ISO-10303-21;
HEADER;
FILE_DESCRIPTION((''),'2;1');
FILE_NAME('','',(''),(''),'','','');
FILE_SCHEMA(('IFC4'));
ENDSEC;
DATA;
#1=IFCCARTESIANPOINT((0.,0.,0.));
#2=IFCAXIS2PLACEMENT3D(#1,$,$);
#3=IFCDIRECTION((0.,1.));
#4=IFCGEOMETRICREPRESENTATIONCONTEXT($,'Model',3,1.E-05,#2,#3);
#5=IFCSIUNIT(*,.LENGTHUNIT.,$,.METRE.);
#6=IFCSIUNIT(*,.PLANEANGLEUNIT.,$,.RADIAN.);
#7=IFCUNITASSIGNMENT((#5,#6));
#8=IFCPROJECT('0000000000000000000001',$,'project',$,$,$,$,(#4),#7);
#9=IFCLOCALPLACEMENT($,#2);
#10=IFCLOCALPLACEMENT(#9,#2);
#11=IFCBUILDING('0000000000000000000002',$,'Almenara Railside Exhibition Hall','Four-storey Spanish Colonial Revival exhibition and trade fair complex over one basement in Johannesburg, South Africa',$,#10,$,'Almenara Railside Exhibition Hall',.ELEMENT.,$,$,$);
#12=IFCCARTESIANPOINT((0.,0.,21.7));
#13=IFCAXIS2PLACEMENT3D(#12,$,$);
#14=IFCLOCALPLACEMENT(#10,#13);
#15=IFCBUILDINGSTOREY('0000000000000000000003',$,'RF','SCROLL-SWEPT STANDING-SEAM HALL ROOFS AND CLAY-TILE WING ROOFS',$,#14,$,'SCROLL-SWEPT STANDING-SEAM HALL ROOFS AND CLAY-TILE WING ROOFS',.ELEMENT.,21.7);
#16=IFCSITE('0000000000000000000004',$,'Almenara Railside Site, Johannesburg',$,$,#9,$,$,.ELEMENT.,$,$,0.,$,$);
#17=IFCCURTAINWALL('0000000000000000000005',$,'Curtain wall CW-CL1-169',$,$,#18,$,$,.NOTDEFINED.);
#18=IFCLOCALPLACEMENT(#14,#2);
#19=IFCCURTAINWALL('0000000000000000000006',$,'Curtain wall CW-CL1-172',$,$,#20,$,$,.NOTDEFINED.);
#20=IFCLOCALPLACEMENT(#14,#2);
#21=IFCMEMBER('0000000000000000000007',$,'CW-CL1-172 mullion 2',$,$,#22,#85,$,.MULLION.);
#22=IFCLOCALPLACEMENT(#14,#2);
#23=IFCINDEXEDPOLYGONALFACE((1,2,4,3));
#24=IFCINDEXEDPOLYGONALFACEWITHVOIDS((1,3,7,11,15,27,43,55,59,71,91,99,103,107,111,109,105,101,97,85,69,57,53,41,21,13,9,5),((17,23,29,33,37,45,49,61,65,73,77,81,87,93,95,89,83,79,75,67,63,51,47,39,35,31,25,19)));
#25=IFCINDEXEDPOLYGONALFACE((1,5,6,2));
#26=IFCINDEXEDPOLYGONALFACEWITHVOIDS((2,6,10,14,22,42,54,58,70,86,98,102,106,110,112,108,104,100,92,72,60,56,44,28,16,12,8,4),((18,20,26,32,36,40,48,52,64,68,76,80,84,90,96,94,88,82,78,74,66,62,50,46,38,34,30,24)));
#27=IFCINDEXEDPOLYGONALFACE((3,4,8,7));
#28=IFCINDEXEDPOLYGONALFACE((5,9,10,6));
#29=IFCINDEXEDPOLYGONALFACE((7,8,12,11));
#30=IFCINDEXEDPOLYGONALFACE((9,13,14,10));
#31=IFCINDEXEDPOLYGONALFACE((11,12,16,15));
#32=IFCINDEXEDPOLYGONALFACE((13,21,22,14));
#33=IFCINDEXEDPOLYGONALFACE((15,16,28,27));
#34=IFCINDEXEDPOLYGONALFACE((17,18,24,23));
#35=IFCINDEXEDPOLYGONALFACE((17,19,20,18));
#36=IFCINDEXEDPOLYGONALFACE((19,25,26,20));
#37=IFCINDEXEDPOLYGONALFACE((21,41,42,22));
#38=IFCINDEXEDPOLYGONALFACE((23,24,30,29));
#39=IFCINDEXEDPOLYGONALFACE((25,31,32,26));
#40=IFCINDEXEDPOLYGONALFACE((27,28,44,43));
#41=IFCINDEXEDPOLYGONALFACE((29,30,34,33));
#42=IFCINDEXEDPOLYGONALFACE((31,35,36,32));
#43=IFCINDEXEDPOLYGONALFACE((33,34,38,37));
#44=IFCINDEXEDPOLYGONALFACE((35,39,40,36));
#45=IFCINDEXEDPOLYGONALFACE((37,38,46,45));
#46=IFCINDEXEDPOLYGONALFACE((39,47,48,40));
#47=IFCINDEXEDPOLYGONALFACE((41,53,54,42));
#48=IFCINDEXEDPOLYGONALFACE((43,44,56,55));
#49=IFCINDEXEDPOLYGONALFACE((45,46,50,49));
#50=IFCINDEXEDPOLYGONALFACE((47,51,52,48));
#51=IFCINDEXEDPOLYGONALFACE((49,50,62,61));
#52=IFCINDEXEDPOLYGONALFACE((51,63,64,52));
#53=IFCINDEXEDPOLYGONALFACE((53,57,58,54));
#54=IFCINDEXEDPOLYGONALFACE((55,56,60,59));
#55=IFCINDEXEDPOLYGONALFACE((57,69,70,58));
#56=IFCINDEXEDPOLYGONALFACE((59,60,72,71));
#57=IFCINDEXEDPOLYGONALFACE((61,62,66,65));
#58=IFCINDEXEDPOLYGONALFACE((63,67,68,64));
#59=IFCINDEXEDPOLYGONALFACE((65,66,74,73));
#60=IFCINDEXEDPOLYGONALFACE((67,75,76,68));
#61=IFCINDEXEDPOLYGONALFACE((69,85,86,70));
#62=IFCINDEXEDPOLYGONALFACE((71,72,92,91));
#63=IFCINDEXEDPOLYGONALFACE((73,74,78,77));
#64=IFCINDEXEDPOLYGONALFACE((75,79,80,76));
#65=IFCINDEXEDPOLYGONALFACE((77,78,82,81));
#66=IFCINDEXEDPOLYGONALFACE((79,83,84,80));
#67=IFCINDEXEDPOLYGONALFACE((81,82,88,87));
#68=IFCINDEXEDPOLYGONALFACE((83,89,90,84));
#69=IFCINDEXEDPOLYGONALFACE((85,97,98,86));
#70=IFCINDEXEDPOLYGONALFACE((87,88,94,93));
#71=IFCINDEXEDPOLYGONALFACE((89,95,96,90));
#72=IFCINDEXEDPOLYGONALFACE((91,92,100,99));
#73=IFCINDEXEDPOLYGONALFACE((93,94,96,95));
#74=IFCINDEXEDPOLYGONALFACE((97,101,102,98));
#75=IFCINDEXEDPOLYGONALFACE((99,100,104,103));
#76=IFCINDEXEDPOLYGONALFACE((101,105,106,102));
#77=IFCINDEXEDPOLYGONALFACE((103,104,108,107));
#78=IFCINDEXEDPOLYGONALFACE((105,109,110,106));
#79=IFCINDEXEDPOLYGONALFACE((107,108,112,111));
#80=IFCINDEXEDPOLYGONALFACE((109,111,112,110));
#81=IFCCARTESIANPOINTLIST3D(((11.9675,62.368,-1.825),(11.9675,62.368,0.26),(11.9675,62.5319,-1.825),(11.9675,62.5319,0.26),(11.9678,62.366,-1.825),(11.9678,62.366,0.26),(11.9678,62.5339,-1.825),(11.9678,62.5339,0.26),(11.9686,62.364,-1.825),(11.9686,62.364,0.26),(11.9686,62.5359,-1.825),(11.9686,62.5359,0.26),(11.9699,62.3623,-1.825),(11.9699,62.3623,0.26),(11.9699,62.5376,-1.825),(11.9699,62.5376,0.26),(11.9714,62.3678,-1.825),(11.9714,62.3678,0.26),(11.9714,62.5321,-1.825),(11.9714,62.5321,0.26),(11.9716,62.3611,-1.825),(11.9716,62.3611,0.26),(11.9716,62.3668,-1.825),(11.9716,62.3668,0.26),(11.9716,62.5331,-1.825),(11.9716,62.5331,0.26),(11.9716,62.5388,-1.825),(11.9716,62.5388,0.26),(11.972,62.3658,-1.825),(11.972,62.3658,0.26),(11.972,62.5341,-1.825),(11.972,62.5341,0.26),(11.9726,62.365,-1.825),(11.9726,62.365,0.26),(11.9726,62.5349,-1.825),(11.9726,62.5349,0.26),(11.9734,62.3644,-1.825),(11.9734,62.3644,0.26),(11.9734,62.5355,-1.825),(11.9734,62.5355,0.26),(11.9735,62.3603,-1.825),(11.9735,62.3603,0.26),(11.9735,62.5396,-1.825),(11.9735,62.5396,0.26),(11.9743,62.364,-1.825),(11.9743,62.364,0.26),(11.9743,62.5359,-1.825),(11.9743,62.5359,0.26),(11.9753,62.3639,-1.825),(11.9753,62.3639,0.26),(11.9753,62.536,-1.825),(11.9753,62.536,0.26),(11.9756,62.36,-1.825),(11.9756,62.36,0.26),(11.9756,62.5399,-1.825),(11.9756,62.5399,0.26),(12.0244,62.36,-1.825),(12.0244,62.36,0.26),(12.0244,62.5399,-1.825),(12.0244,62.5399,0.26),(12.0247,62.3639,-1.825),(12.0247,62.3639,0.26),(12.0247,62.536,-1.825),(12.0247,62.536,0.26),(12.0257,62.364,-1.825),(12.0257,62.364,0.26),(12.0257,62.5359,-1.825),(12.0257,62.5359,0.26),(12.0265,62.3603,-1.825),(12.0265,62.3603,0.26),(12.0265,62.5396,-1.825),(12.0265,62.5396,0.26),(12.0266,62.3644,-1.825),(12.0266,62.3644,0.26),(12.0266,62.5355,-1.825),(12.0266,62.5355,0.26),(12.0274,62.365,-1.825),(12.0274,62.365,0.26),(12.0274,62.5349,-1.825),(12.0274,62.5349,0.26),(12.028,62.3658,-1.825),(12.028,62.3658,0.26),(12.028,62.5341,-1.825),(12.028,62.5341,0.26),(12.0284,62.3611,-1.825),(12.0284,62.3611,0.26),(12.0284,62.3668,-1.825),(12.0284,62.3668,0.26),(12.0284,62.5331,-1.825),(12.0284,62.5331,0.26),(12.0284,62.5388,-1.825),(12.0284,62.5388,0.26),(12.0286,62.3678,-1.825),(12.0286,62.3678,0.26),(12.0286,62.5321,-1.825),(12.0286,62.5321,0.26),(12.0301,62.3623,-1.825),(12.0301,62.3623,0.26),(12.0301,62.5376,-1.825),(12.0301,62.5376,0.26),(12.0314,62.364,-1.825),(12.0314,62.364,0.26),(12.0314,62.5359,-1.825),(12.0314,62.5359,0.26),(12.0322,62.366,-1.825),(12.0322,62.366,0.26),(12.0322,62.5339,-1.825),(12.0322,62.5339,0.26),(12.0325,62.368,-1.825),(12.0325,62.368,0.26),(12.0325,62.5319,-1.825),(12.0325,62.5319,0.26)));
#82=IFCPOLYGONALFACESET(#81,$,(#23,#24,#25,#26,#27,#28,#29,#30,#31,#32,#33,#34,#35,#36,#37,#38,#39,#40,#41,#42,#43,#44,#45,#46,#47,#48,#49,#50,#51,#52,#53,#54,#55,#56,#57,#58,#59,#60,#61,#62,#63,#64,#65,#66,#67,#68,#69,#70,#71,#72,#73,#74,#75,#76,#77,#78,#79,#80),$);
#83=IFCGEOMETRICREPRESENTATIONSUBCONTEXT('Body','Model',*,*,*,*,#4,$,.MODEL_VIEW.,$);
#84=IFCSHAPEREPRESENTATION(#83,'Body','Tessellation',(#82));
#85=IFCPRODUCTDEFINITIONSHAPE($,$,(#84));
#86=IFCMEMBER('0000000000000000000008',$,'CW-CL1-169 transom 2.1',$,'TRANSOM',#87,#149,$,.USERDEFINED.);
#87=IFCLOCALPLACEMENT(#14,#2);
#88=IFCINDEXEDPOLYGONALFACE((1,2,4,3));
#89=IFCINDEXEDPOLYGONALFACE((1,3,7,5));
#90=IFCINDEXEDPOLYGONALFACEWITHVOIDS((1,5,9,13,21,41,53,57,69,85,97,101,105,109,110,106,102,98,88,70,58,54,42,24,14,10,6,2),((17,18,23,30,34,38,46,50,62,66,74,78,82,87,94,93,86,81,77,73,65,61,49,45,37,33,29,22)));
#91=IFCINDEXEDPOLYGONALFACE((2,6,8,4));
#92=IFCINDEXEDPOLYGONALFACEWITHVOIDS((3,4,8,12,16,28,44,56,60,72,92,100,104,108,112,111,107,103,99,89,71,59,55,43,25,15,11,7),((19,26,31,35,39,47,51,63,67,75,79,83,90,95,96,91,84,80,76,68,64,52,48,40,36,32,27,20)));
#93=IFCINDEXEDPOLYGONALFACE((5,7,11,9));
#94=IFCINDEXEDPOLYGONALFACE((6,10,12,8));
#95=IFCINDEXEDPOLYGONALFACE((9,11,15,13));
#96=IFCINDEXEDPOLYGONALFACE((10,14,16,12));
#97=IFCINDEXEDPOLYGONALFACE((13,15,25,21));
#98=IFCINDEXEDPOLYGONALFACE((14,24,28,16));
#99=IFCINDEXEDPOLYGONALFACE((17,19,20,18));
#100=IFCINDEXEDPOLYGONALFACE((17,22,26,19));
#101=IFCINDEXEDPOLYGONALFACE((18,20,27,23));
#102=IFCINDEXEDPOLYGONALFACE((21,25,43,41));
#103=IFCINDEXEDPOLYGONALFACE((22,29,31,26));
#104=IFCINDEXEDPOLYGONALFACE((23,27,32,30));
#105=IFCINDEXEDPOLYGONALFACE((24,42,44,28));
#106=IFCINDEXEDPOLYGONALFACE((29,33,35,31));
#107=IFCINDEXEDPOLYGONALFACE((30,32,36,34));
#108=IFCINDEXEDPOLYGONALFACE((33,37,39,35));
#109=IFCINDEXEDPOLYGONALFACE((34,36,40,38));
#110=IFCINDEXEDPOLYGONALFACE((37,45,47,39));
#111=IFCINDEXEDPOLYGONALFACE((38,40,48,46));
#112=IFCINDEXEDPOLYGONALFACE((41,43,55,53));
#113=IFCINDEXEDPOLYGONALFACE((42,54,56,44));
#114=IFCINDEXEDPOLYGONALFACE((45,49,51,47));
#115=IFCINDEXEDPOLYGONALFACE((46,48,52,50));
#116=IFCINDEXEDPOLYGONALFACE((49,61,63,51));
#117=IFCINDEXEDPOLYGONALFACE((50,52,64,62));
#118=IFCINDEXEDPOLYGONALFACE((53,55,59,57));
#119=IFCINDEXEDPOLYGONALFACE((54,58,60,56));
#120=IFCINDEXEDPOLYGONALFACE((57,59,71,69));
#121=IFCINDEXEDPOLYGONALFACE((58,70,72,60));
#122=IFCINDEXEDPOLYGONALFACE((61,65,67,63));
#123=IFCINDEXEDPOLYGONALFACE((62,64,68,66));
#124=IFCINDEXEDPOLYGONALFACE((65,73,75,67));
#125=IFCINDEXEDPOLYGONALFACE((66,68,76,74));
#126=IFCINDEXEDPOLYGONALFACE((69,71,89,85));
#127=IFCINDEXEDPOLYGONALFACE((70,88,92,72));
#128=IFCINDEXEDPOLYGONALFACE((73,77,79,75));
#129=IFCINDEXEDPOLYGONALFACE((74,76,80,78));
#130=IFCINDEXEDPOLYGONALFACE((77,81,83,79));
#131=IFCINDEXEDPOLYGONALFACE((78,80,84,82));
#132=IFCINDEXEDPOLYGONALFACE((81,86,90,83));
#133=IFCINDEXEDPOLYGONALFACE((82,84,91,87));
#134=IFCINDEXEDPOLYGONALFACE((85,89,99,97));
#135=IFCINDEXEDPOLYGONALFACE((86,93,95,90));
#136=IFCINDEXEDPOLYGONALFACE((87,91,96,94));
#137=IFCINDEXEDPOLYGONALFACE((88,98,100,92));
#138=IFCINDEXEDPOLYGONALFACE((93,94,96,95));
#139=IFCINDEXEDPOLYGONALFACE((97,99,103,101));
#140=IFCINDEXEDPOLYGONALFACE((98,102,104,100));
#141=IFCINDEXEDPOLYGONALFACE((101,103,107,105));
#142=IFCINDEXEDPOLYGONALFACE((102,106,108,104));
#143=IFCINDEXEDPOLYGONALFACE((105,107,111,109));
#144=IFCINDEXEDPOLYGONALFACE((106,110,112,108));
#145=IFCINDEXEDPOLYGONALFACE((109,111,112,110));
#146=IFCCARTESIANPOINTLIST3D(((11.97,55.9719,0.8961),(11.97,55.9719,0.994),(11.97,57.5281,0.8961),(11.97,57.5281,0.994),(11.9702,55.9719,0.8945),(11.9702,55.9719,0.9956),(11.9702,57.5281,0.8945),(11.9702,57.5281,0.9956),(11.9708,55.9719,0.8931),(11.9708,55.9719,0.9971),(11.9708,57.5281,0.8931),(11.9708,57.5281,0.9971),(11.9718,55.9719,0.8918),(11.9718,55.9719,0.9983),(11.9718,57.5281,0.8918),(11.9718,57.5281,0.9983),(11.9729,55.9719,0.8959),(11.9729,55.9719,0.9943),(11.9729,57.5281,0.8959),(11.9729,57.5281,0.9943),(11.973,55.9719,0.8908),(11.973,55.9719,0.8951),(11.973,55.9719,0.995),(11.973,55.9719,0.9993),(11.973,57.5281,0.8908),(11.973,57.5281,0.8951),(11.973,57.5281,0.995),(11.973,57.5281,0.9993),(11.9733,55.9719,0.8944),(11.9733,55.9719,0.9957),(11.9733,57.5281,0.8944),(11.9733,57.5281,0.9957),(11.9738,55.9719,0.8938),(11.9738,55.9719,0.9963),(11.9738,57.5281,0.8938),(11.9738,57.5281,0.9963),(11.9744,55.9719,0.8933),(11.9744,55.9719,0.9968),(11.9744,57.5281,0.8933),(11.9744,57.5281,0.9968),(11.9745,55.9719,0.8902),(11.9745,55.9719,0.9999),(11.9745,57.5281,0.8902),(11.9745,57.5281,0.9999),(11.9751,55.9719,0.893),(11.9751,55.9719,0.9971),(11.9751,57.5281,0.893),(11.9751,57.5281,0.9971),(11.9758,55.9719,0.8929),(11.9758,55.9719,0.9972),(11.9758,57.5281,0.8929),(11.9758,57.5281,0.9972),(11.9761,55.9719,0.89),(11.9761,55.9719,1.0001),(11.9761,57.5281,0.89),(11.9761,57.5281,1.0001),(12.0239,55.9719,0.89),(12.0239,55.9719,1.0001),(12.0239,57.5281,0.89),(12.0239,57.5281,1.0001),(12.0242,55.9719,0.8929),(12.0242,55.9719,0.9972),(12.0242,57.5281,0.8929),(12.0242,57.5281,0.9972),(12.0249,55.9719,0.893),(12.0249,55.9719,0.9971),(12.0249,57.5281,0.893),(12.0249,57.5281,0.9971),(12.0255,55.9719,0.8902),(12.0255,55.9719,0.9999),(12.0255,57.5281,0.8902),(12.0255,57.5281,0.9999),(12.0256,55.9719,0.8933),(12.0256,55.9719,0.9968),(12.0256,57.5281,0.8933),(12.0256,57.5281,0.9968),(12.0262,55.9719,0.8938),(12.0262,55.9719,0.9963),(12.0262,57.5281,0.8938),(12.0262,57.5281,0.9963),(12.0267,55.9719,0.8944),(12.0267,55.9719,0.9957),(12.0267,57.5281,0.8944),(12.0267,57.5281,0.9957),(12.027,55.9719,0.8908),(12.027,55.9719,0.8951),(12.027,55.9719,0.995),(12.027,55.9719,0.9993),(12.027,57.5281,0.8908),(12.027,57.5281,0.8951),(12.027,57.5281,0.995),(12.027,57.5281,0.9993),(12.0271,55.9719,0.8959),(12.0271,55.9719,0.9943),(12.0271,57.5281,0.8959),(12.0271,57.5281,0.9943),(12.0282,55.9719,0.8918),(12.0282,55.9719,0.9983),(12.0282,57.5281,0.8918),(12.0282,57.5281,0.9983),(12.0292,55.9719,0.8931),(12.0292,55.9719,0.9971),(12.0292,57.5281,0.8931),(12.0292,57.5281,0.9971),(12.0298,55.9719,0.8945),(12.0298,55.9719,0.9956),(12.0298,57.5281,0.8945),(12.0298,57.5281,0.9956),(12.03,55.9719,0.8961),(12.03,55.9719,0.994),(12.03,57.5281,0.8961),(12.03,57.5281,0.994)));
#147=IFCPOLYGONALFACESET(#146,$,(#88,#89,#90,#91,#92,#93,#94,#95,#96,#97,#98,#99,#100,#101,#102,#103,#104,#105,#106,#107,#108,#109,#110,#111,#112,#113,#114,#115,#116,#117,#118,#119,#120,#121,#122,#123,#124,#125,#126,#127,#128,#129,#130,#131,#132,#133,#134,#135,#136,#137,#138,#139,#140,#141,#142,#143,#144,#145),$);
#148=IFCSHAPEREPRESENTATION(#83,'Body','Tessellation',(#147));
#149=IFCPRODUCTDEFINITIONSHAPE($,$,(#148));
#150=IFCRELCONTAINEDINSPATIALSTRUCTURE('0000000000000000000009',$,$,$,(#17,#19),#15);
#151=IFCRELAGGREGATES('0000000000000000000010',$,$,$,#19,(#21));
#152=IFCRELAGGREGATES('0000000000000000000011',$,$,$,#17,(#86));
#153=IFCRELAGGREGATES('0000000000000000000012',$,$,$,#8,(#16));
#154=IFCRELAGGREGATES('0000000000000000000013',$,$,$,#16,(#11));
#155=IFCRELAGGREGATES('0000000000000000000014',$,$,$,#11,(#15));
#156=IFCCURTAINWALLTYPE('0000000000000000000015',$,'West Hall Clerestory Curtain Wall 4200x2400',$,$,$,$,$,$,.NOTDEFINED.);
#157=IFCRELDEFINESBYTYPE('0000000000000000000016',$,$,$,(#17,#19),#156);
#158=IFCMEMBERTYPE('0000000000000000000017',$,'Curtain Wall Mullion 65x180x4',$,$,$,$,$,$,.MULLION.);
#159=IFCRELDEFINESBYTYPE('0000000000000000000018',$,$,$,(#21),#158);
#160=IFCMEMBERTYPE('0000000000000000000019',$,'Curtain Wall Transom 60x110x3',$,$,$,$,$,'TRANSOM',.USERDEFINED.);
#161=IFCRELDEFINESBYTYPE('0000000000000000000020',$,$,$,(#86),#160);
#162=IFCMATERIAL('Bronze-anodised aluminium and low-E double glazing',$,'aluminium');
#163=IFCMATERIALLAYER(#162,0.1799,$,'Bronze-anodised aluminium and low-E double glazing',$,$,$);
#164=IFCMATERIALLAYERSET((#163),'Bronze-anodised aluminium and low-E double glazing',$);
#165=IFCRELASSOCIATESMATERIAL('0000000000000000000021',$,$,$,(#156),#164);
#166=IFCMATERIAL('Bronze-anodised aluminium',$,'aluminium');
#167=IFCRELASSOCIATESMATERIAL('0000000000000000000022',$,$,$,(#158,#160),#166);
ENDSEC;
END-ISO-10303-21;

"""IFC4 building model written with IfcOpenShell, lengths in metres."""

from ifc_helpers import new_model, si_unit, direction, frame, origin, origin_2d, place, context, subcontext, project, spatial, hollow_rectangle, extrude, material, layer, layer_set, material_profile, profile_set, type_object, element, aggregate, save


model = new_model("IFC4")

# Units and contexts
model_context = context("Model", 3, precision=1e-05, world=origin(), true_north=direction((0.0, 1.0)))
body_context = subcontext(model_context, "Body", "Model", "MODEL_VIEW")
ifc_project = project(units=[si_unit("LENGTHUNIT", "METRE"), si_unit("PLANEANGLEUNIT", "RADIAN")], contexts=[model_context])

# Site, building, storey
site_placement = place(None, origin())
site = spatial("IfcSite", under=ifc_project, at=site_placement, Name="Almenara Railside Site, Johannesburg", CompositionType="ELEMENT", RefElevation=0.0)
building_placement = place(site_placement, origin())
building = spatial("IfcBuilding", under=site, at=building_placement, Name="Almenara Railside Exhibition Hall", Description="Four-storey Spanish Colonial Revival exhibition and trade fair complex over one basement in Johannesburg, South Africa", LongName="Almenara Railside Exhibition Hall", CompositionType="ELEMENT")
storey_placement = place(building_placement, frame((0.0, 0.0, 21.7)))
storey = spatial("IfcBuildingStorey", under=building, at=storey_placement, Name="RF", Description="SCROLL-SWEPT STANDING-SEAM HALL ROOFS AND CLAY-TILE WING ROOFS", LongName="SCROLL-SWEPT STANDING-SEAM HALL ROOFS AND CLAY-TILE WING ROOFS", CompositionType="ELEMENT", Elevation=21.7)

# Curtain walls, member
ifc_material_1 = material(Name="Bronze-anodised aluminium and low-E double glazing", Category="aluminium")
ifc_layer_1 = layer(ifc_material_1, 0.1799, Name="Bronze-anodised aluminium and low-E double glazing")
ifc_layer_set_1 = layer_set([ifc_layer_1], Name="Bronze-anodised aluminium and low-E double glazing")
curtain_wall_type = type_object("IfcCurtainWallType", Name="West Hall Clerestory Curtain Wall 4200x2400", PredefinedType="NOTDEFINED", material=ifc_layer_set_1)
curtain_wall_1_placement = place(storey_placement, origin())
curtain_wall_1 = element("IfcCurtainWall", 1, at=curtain_wall_1_placement, inside=storey, type_object=curtain_wall_type, Name="Curtain wall CW-CL1-169", PredefinedType="NOTDEFINED")
ifc_material_2 = material(Name="Bronze-anodised aluminium", Category="aluminium")
curtain_wall_2_placement = place(storey_placement, origin())
curtain_wall_2 = element("IfcCurtainWall", 2, at=curtain_wall_2_placement, inside=storey, type_object=curtain_wall_type, Name="Curtain wall CW-CL1-172", PredefinedType="NOTDEFINED")
ifc_material_profile_1 = material_profile(ifc_material_2, hollow_rectangle(XDim=0.0649, YDim=0.1799, WallThickness=0.0039, InnerFilletRadius=0.0039, OuterFilletRadius=0.0081, at=origin_2d()), Name="ALU-MUL 65x180x4")
ifc_profile_set_1 = profile_set([ifc_material_profile_1], Name="Bronze-anodised aluminium")
member_type_1 = type_object("IfcMemberType", Name="Curtain Wall Mullion 65x180x4", PredefinedType="MULLION", material=ifc_profile_set_1)
member_1_placement = place(storey_placement, frame((12.0, 62.45, -1.825), z_axis=(0.0, 0.0, 1.0), x_axis=(-1.0, 0.0, 0.0)))
member_1 = element("IfcMember", 3, at=member_1_placement, type_object=member_type_1, Name="CW-CL1-172 mullion 2", PredefinedType="MULLION", context=body_context, shape_type="SweptSolid", body=[
    extrude(hollow_rectangle(XDim=0.0649, YDim=0.1799, WallThickness=0.0039, InnerFilletRadius=0.0039, OuterFilletRadius=0.0081, at=origin_2d()), origin(), (0.0, 0.0, 1.0), 2.085),
])

# Member
ifc_material_profile_2 = material_profile(ifc_material_2, hollow_rectangle(XDim=0.0601, YDim=0.1101, WallThickness=0.0029, InnerFilletRadius=0.0029, OuterFilletRadius=0.0061, at=origin_2d()), Name="ALU-TRN 60x110x3")
ifc_profile_set_2 = profile_set([ifc_material_profile_2], Name="Bronze-anodised aluminium")
member_type_2 = type_object("IfcMemberType", Name="Curtain Wall Transom 60x110x3", ElementType="TRANSOM", PredefinedType="USERDEFINED", material=ifc_profile_set_2)
member_2_placement = place(storey_placement, frame((12.0, 55.9719, 0.9451), z_axis=(0.0, 1.0, 0.0), x_axis=(-1.0, 0.0, 0.0)))
member_2 = element("IfcMember", 4, at=member_2_placement, type_object=member_type_2, Name="CW-CL1-169 transom 2.1", ObjectType="TRANSOM", PredefinedType="USERDEFINED", context=body_context, shape_type="SweptSolid", body=[
    extrude(hollow_rectangle(XDim=0.0601, YDim=0.1101, WallThickness=0.0029, InnerFilletRadius=0.0029, OuterFilletRadius=0.0061, at=origin_2d()), origin(), (0.0, 0.0, 1.0), 1.5562),
])

aggregate(curtain_wall_2, [member_1])
aggregate(curtain_wall_1, [member_2])

save(model, "model.ifc")
